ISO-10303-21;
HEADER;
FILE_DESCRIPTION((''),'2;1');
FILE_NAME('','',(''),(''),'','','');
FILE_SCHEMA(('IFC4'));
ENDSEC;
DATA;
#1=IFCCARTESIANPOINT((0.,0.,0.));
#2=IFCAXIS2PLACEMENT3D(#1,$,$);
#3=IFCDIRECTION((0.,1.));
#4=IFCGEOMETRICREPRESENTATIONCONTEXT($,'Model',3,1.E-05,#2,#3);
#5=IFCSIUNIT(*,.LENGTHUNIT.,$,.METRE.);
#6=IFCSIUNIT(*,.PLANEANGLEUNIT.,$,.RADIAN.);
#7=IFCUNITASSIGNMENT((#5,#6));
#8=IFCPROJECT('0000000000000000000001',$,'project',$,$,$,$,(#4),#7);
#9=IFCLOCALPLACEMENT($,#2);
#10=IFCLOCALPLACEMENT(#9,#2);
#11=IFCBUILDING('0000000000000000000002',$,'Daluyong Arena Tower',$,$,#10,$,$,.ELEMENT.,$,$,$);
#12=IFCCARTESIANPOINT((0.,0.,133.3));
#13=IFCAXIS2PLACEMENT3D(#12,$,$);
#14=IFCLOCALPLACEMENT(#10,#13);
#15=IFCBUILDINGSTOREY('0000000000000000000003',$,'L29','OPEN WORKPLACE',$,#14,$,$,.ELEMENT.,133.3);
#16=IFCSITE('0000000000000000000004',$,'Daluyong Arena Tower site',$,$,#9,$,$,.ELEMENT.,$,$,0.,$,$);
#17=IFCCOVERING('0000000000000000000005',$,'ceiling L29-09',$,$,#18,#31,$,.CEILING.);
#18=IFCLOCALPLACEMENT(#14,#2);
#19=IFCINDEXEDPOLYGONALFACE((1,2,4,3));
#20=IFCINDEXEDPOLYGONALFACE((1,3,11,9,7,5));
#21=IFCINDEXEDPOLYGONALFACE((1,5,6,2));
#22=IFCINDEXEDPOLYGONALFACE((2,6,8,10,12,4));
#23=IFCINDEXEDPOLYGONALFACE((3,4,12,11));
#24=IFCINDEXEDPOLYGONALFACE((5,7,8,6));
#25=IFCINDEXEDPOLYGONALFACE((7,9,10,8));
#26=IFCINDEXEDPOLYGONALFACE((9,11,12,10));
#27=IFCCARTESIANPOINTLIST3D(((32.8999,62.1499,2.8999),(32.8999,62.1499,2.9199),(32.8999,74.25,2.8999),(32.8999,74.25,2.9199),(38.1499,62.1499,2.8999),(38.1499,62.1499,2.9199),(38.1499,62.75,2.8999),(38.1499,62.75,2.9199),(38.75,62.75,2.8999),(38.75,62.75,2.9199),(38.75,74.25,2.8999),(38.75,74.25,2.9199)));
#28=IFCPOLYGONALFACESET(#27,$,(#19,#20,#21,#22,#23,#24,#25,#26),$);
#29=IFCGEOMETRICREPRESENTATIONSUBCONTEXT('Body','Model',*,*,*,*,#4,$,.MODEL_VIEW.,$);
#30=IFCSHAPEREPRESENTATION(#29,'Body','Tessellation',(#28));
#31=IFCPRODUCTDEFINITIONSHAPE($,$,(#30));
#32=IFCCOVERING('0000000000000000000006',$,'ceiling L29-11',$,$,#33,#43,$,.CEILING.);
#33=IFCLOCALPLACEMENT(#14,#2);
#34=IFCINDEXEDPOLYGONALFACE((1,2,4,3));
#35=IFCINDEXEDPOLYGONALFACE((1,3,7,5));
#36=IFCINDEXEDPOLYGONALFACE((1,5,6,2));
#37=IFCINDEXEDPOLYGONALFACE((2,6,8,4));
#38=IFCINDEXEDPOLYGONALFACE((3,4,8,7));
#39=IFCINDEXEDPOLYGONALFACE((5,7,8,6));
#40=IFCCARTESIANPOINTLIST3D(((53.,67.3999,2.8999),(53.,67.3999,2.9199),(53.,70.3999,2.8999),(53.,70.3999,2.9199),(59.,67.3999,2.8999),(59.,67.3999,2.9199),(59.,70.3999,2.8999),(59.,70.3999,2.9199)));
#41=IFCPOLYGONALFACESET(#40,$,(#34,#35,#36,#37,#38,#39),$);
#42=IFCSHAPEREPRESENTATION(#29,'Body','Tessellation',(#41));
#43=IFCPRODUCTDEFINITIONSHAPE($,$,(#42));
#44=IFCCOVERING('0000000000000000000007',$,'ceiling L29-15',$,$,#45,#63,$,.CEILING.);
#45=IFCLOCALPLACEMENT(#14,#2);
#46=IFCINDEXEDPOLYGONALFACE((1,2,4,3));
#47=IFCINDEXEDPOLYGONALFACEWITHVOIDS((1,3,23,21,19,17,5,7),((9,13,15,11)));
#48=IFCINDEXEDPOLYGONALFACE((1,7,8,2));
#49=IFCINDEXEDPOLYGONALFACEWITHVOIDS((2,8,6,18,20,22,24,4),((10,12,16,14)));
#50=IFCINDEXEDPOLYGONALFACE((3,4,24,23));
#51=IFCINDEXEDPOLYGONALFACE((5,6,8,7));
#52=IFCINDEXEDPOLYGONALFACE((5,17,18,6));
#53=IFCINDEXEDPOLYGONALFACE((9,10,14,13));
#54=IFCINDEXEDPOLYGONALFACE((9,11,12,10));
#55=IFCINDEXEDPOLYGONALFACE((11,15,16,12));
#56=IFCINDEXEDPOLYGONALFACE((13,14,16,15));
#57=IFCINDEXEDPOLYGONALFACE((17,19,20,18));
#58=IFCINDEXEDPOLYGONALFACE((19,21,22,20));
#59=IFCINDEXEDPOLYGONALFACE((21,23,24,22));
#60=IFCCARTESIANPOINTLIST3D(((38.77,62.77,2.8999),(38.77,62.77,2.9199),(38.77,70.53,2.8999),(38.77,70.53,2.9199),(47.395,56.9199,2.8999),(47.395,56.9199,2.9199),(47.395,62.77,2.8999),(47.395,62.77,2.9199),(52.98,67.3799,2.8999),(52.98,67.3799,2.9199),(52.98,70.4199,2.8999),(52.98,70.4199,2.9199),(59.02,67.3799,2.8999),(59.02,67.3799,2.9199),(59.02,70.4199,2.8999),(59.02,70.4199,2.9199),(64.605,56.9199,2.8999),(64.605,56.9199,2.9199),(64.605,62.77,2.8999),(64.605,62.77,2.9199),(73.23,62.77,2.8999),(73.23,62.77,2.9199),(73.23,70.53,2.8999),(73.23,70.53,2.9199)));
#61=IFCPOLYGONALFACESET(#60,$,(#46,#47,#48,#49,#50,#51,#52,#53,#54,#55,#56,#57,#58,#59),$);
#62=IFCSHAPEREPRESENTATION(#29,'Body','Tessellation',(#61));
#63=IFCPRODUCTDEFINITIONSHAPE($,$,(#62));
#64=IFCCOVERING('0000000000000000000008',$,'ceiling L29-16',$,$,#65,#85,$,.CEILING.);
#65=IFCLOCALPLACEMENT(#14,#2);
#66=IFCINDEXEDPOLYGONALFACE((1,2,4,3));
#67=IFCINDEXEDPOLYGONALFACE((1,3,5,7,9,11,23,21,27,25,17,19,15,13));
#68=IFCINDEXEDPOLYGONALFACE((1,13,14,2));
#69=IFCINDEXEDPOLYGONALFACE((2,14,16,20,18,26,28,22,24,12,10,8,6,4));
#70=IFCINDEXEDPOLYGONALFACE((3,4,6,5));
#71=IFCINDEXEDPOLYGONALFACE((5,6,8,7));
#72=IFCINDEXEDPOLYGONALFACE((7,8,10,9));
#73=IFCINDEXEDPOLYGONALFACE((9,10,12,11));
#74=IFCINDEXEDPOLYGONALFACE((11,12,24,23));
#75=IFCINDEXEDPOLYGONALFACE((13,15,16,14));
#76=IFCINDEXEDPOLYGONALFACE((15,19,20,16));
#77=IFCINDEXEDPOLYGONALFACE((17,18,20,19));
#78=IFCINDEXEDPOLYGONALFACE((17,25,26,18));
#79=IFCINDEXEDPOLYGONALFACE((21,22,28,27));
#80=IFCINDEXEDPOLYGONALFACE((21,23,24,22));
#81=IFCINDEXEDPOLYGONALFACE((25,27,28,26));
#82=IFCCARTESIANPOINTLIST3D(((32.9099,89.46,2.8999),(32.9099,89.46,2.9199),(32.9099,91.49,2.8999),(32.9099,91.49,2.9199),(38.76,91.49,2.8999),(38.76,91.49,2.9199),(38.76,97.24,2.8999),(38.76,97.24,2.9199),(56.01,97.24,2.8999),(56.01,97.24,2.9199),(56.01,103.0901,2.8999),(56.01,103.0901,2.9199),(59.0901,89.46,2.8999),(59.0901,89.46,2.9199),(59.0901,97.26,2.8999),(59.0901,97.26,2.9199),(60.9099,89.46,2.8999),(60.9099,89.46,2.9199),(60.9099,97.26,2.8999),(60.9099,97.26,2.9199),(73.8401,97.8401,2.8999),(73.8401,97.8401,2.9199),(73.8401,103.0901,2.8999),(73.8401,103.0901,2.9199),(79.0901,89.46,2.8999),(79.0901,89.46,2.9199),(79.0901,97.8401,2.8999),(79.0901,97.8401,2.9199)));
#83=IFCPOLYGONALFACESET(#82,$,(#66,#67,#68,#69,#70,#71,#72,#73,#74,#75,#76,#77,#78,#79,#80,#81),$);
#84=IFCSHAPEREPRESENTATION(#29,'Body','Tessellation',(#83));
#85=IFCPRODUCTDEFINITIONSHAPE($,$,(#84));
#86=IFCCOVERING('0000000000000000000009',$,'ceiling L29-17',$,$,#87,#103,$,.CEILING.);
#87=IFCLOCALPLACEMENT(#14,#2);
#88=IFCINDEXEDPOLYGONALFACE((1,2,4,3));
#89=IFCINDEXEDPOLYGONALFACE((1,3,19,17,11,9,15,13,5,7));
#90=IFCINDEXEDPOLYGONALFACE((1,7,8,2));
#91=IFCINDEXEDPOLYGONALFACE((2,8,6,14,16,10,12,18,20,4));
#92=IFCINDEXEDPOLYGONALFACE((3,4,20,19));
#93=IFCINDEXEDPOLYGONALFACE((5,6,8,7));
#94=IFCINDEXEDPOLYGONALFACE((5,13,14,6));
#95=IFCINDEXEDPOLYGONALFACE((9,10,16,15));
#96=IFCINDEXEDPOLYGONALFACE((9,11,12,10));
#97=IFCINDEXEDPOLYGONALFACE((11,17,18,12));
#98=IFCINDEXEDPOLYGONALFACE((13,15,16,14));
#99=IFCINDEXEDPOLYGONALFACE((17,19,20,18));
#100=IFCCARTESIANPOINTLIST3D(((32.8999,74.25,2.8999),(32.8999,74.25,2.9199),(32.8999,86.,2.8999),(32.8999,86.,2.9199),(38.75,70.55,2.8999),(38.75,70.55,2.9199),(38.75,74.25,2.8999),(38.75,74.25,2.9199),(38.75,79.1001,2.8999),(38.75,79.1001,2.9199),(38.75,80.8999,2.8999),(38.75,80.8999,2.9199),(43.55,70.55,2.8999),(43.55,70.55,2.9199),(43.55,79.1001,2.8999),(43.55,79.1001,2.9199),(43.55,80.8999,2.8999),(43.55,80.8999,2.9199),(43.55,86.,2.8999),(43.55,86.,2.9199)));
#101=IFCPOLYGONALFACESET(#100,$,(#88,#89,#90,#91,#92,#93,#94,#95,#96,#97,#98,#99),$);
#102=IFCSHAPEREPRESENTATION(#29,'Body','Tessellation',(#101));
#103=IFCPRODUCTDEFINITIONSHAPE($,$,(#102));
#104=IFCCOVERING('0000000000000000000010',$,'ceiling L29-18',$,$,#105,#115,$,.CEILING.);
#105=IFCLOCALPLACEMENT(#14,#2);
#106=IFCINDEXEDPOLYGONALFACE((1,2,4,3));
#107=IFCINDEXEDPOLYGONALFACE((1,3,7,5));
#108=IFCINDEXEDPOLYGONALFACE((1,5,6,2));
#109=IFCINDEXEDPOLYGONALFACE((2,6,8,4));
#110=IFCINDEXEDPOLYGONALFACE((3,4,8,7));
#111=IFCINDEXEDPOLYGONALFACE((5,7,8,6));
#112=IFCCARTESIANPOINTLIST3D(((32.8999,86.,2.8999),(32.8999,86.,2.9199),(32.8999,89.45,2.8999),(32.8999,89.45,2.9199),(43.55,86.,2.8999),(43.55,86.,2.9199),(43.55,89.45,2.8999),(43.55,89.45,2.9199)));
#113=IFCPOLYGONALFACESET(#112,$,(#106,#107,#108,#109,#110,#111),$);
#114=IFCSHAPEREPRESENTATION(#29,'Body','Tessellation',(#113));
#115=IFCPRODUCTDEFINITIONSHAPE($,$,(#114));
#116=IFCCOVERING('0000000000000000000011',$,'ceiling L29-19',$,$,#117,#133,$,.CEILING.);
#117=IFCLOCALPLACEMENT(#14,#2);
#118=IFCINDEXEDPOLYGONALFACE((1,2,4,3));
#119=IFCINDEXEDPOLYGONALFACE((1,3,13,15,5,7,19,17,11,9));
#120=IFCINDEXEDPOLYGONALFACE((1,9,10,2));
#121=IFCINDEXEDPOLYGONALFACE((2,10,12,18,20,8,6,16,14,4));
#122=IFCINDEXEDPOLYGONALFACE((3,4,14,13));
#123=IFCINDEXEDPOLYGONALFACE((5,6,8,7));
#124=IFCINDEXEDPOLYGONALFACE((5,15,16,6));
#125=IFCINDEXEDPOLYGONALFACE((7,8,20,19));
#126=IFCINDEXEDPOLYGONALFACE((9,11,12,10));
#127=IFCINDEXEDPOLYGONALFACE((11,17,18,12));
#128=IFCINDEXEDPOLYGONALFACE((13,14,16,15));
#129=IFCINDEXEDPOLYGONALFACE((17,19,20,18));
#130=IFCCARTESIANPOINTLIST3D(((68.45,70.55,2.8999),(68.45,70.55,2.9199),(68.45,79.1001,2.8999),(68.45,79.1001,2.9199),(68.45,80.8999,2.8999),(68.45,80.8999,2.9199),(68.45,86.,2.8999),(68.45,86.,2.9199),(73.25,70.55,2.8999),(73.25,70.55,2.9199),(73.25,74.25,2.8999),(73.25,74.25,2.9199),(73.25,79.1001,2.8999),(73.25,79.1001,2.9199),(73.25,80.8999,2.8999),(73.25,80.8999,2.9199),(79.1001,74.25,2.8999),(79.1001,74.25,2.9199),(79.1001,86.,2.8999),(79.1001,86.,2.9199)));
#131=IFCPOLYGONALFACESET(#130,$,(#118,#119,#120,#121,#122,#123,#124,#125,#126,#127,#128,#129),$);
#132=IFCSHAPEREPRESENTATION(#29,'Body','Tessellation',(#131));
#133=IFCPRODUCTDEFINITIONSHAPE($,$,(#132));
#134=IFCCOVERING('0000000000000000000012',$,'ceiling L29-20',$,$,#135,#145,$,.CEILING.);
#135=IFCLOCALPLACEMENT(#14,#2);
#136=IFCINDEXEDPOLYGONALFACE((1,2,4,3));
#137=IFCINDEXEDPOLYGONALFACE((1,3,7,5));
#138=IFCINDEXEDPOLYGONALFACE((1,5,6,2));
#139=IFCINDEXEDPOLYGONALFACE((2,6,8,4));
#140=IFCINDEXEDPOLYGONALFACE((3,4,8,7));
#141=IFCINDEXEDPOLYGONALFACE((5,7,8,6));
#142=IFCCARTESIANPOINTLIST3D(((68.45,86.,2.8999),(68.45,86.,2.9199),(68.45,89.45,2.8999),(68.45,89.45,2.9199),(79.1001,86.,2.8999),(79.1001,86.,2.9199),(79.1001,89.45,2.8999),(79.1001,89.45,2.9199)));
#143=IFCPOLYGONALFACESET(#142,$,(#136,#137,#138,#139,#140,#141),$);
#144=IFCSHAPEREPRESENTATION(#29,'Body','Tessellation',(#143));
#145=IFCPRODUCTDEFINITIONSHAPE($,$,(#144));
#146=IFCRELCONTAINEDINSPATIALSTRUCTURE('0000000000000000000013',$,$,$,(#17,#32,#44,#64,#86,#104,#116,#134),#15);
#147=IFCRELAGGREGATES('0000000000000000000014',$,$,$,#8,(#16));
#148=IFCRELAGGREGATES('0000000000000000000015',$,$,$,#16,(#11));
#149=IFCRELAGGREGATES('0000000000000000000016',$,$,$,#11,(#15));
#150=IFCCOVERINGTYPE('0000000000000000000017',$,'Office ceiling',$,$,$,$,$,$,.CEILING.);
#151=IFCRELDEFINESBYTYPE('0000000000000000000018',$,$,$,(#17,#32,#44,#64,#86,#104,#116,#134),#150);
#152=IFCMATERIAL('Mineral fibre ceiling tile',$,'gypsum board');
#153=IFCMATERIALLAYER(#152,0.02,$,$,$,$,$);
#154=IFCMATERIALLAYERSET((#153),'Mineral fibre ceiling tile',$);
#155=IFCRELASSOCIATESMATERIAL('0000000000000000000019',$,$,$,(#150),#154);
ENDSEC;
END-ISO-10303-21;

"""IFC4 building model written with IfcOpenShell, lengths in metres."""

from ifc_helpers import new_model, si_unit, direction, frame, origin, place, context, subcontext, project, spatial, polyline, outline, extrude, material, layer, layer_set, type_object, element, save


model = new_model("IFC4")

# Units and contexts
model_context = context("Model", 3, precision=1e-05, world=origin(), true_north=direction((0.0, 1.0)))
body_context = subcontext(model_context, "Body", "Model", "MODEL_VIEW")
ifc_project = project(units=[si_unit("LENGTHUNIT", "METRE"), si_unit("PLANEANGLEUNIT", "RADIAN")], contexts=[model_context])

# Site, building, storey
site_placement = place(None, origin())
site = spatial("IfcSite", under=ifc_project, at=site_placement, Name="Daluyong Arena Tower site", CompositionType="ELEMENT", RefElevation=0.0)
building_placement = place(site_placement, origin())
building = spatial("IfcBuilding", under=site, at=building_placement, Name="Daluyong Arena Tower", CompositionType="ELEMENT")
storey_placement = place(building_placement, frame((0.0, 0.0, 133.3)))
storey = spatial("IfcBuildingStorey", under=building, at=storey_placement, Name="L29", Description="OPEN WORKPLACE", CompositionType="ELEMENT", Elevation=133.3)

# Coverings
ifc_material_1 = material(Name="Mineral fibre ceiling tile", Category="gypsum board")
ifc_layer_1 = layer(ifc_material_1, 0.02)
ifc_layer_set_1 = layer_set([ifc_layer_1], Name="Mineral fibre ceiling tile")
covering_type = type_object("IfcCoveringType", Name="Office ceiling", PredefinedType="CEILING", material=ifc_layer_set_1)
covering_1_placement = place(storey_placement, frame((0.0, 0.0, 2.8999)))
element("IfcCovering", 1, at=covering_1_placement, inside=storey, type_object=covering_type, Name="ceiling L29-09", PredefinedType="CEILING", context=body_context, shape_type="SweptSolid", body=[
    extrude(outline(polyline([(32.8999, 62.1499), (38.1499, 62.1499), (38.1499, 62.75), (38.75, 62.75), (38.75, 74.25), (32.8999, 74.25), (32.8999, 62.1499)])), origin(), (0.0, 0.0, 1.0), 0.02),
])
covering_2_placement = place(storey_placement, frame((0.0, 0.0, 2.8999)))
element("IfcCovering", 2, at=covering_2_placement, inside=storey, type_object=covering_type, Name="ceiling L29-11", PredefinedType="CEILING", context=body_context, shape_type="SweptSolid", body=[
    extrude(outline(polyline([(53.0, 67.3999), (59.0, 67.3999), (59.0, 70.3999), (53.0, 70.3999), (53.0, 67.3999)])), origin(), (0.0, 0.0, 1.0), 0.02),
])
covering_3_placement = place(storey_placement, frame((0.0, 0.0, 2.8999)))
element("IfcCovering", 3, at=covering_3_placement, inside=storey, type_object=covering_type, Name="ceiling L29-15", PredefinedType="CEILING", context=body_context, shape_type="SweptSolid", body=[
    extrude(outline(polyline([(73.23, 70.53), (38.77, 70.53), (38.77, 62.77), (47.395, 62.77), (47.395, 56.9199), (64.605, 56.9199), (64.605, 62.77), (73.23, 62.77), (73.23, 70.53)]), holes=[polyline([(59.02, 67.3799), (52.98, 67.3799), (52.98, 70.4199), (59.02, 70.4199), (59.02, 67.3799)])]), origin(), (0.0, 0.0, 1.0), 0.02),
])
covering_4_placement = place(storey_placement, frame((0.0, 0.0, 2.8999)))
element("IfcCovering", 4, at=covering_4_placement, inside=storey, type_object=covering_type, Name="ceiling L29-16", PredefinedType="CEILING", context=body_context, shape_type="SweptSolid", body=[
    extrude(outline(polyline([(38.76, 97.24), (38.76, 91.49), (32.9099, 91.49), (32.9099, 89.46), (59.0901, 89.46), (59.0901, 97.26), (60.9099, 97.26), (60.9099, 89.46), (79.0901, 89.46), (79.0901, 97.8401), (73.8401, 97.8401), (73.8401, 103.0901), (56.01, 103.0901), (56.01, 97.24), (38.76, 97.24)])), origin(), (0.0, 0.0, 1.0), 0.02),
])
covering_5_placement = place(storey_placement, frame((0.0, 0.0, 2.8999)))
element("IfcCovering", 5, at=covering_5_placement, inside=storey, type_object=covering_type, Name="ceiling L29-17", PredefinedType="CEILING", context=body_context, shape_type="SweptSolid", body=[
    extrude(outline(polyline([(38.75, 74.25), (38.75, 70.55), (43.55, 70.55), (43.55, 79.1001), (38.75, 79.1001), (38.75, 80.8999), (43.55, 80.8999), (43.55, 86.0), (32.8999, 86.0), (32.8999, 74.25), (38.75, 74.25)])), origin(), (0.0, 0.0, 1.0), 0.02),
])
covering_6_placement = place(storey_placement, frame((0.0, 0.0, 2.8999)))
element("IfcCovering", 6, at=covering_6_placement, inside=storey, type_object=covering_type, Name="ceiling L29-18", PredefinedType="CEILING", context=body_context, shape_type="SweptSolid", body=[
    extrude(outline(polyline([(32.8999, 89.45), (32.8999, 86.0), (43.55, 86.0), (43.55, 89.45), (32.8999, 89.45)])), origin(), (0.0, 0.0, 1.0), 0.02),
])
covering_7_placement = place(storey_placement, frame((0.0, 0.0, 2.8999)))
element("IfcCovering", 7, at=covering_7_placement, inside=storey, type_object=covering_type, Name="ceiling L29-19", PredefinedType="CEILING", context=body_context, shape_type="SweptSolid", body=[
    extrude(outline(polyline([(79.1001, 74.25), (79.1001, 86.0), (68.45, 86.0), (68.45, 80.8999), (73.25, 80.8999), (73.25, 79.1001), (68.45, 79.1001), (68.45, 70.55), (73.25, 70.55), (73.25, 74.25), (79.1001, 74.25)])), origin(), (0.0, 0.0, 1.0), 0.02),
])
covering_8_placement = place(storey_placement, frame((0.0, 0.0, 2.8999)))
element("IfcCovering", 8, at=covering_8_placement, inside=storey, type_object=covering_type, Name="ceiling L29-20", PredefinedType="CEILING", context=body_context, shape_type="SweptSolid", body=[
    extrude(outline(polyline([(79.1001, 86.0), (79.1001, 89.45), (68.45, 89.45), (68.45, 86.0), (79.1001, 86.0)])), origin(), (0.0, 0.0, 1.0), 0.02),
])

save(model, "model.ifc")
